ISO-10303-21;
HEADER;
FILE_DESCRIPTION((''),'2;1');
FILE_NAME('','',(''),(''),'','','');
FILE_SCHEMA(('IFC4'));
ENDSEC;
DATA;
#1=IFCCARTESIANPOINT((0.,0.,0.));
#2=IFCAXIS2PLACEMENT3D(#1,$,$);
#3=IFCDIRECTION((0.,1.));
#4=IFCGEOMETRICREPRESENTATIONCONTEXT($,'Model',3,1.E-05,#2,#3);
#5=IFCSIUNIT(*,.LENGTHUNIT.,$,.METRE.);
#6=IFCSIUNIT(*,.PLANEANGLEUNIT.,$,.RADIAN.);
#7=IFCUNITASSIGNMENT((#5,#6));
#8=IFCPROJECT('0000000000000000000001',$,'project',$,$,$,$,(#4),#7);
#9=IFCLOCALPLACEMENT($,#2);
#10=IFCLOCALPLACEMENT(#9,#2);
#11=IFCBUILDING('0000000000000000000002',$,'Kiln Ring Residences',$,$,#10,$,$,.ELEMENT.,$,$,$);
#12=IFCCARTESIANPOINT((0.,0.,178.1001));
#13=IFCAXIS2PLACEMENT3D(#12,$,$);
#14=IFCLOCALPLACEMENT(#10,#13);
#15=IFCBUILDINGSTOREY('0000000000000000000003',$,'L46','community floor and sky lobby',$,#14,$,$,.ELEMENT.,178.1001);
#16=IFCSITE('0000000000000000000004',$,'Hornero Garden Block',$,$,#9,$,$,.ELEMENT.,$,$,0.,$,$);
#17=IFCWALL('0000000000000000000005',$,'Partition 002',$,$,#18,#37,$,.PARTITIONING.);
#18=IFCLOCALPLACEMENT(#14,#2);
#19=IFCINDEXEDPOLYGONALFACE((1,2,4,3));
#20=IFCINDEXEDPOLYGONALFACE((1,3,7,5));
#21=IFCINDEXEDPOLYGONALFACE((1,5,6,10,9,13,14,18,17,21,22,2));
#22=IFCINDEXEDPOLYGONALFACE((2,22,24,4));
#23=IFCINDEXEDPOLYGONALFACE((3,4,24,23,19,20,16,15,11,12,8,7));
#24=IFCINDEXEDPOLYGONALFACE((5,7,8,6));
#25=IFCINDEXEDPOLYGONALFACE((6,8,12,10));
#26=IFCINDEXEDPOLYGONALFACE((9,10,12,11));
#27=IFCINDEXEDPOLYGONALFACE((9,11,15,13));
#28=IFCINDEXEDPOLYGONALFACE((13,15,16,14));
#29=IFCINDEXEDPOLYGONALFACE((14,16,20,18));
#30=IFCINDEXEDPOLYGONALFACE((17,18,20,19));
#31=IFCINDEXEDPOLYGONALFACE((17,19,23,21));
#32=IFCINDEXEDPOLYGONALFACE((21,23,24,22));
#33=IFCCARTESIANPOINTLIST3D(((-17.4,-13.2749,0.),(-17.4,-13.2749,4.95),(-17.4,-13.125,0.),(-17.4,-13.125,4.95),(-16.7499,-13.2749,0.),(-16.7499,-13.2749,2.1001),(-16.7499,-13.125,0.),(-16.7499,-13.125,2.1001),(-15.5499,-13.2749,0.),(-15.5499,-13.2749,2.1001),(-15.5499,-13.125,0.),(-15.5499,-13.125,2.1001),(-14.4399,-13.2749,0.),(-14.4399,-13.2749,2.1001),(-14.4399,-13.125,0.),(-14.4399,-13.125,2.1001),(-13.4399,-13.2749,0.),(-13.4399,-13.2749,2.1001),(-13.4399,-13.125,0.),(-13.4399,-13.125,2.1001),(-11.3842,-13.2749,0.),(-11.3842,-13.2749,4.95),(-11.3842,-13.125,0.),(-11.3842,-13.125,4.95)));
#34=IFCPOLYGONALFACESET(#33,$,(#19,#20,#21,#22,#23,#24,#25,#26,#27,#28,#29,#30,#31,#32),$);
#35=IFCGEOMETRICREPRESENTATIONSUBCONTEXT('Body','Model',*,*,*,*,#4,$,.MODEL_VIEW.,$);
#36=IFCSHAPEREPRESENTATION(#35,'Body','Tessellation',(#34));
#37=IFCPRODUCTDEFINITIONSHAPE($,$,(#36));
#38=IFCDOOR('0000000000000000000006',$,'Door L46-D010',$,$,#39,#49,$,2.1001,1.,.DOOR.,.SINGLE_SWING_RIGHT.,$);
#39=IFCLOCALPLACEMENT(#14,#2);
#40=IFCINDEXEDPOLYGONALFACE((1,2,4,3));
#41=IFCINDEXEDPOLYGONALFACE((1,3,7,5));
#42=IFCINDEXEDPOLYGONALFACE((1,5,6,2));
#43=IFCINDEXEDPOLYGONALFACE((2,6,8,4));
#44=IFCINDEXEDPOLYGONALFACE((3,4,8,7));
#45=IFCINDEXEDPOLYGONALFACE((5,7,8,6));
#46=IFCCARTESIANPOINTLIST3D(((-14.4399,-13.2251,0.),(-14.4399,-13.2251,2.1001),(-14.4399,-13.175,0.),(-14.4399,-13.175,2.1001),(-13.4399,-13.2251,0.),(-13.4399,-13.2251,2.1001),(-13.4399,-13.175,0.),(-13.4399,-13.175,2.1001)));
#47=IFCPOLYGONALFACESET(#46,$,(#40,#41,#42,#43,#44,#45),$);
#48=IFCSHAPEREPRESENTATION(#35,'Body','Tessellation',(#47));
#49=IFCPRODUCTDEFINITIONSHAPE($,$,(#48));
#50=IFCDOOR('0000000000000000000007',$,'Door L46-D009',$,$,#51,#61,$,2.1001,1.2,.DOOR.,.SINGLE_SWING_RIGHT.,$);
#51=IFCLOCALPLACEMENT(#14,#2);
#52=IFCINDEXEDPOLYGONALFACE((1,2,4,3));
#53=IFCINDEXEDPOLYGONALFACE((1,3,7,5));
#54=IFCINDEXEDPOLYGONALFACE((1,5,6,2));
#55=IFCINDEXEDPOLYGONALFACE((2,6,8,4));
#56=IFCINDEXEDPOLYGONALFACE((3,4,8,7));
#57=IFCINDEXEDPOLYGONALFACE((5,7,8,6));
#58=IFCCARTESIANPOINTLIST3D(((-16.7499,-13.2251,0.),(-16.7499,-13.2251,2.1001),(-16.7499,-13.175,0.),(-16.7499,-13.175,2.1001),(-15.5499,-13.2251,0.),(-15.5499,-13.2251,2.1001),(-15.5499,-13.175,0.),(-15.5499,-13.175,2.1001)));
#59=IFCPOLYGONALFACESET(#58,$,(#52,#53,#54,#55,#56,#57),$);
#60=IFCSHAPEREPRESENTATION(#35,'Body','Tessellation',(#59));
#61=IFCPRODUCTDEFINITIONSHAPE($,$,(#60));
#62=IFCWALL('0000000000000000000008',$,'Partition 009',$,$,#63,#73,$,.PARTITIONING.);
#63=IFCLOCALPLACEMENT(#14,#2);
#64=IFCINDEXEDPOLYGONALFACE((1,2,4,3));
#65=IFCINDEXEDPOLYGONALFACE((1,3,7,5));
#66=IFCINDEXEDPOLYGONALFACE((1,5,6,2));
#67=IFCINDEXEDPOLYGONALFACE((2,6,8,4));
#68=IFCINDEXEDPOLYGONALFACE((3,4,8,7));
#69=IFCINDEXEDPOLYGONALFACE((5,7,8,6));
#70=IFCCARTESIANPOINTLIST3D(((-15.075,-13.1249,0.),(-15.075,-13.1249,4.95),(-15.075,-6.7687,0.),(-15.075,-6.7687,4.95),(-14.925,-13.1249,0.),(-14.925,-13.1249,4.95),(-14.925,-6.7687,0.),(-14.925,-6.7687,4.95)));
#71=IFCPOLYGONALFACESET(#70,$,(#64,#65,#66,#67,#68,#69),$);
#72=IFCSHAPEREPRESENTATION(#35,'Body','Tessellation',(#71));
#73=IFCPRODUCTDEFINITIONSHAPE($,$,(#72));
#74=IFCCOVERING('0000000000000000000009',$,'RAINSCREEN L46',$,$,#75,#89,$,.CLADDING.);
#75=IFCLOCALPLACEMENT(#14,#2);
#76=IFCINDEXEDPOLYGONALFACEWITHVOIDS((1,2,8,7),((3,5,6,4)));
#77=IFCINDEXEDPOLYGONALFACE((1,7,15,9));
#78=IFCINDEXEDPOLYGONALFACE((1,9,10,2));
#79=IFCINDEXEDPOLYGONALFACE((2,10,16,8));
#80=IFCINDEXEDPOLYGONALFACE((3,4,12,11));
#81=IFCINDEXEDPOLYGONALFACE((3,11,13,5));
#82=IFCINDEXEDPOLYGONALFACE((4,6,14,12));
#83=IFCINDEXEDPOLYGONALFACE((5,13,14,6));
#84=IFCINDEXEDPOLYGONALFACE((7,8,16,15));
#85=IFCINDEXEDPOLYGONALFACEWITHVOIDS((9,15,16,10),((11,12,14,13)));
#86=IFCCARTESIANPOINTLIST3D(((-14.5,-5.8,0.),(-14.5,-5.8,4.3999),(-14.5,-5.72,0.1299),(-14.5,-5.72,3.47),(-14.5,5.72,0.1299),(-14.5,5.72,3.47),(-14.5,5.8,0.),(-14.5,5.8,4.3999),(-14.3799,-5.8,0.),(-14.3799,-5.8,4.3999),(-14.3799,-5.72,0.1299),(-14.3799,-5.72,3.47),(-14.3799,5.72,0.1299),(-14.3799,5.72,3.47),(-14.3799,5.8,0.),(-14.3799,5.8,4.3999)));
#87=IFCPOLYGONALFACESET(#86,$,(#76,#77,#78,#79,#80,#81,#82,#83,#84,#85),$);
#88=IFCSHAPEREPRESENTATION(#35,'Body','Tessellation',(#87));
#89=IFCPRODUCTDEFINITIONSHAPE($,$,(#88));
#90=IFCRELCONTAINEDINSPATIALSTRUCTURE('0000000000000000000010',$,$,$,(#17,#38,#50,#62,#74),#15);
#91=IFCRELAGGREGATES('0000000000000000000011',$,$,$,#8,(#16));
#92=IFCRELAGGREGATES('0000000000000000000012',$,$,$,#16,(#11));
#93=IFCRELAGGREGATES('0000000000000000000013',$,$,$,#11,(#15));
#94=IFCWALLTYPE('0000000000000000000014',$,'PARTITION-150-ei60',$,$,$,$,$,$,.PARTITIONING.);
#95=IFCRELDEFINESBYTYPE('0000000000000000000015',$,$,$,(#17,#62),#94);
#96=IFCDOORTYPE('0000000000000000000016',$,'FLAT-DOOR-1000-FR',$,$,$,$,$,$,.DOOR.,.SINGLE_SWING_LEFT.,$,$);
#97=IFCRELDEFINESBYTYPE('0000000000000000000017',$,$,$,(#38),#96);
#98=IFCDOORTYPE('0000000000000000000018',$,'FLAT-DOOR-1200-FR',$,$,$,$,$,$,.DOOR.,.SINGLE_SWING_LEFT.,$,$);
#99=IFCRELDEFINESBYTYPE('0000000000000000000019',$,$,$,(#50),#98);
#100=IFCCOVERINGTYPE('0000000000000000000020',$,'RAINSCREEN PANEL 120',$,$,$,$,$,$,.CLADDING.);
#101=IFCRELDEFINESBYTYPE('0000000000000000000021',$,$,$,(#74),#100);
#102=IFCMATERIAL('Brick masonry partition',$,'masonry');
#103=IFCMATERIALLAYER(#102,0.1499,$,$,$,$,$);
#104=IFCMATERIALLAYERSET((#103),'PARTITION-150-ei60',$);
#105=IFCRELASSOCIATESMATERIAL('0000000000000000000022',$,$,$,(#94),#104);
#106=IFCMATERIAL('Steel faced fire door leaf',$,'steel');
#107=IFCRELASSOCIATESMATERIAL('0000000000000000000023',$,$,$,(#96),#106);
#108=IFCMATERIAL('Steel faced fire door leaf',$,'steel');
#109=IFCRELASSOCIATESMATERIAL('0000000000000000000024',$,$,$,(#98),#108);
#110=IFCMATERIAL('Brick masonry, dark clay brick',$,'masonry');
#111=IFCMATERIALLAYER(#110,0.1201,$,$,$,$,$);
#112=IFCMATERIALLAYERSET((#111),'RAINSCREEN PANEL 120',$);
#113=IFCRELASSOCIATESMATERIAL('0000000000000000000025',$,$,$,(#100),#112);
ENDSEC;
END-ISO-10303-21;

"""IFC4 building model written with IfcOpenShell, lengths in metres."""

from ifc_helpers import new_model, si_unit, direction, frame, frame_2d, origin, place, context, subcontext, project, spatial, polyline, rectangle, outline, extrude, material, layer, layer_set, type_object, element, fill, save


model = new_model("IFC4")

# Units and contexts
model_context = context("Model", 3, precision=1e-05, world=origin(), true_north=direction((0.0, 1.0)))
body_context = subcontext(model_context, "Body", "Model", "MODEL_VIEW")
ifc_project = project(units=[si_unit("LENGTHUNIT", "METRE"), si_unit("PLANEANGLEUNIT", "RADIAN")], contexts=[model_context])

# Site, building, storey
site_placement = place(None, origin())
site = spatial("IfcSite", under=ifc_project, at=site_placement, Name="Hornero Garden Block", CompositionType="ELEMENT", RefElevation=0.0)
building_placement = place(site_placement, origin())
building = spatial("IfcBuilding", under=site, at=building_placement, Name="Kiln Ring Residences", CompositionType="ELEMENT")
storey_placement = place(building_placement, frame((0.0, 0.0, 178.1001)))
storey = spatial("IfcBuildingStorey", under=building, at=storey_placement, Name="L46", Description="community floor and sky lobby", CompositionType="ELEMENT", Elevation=178.1001)

# Wall, openings, doors
ifc_material_1 = material(Name="Brick masonry partition", Category="masonry")
ifc_layer_1 = layer(ifc_material_1, 0.1499)
ifc_layer_set_1 = layer_set([ifc_layer_1], Name="PARTITION-150-ei60")
wall_type_1 = type_object("IfcWallType", Name="PARTITION-150-ei60", PredefinedType="PARTITIONING", material=ifc_layer_set_1)
wall_1_placement = place(storey_placement, frame((-17.3999, -13.2, 0.0), z_axis=(0.0, 0.0, 1.0), x_axis=(1.0, 0.0, 0.0)))
wall_1 = element("IfcWall", 1, at=wall_1_placement, inside=storey, type_object=wall_type_1, Name="Partition 002", PredefinedType="PARTITIONING", context=body_context, shape_type="SweptSolid", body=[
    extrude(rectangle(XDim=6.0159, YDim=0.1499, at=frame_2d((3.0078, 0.0))), origin(), (0.0, 0.0, 1.0), 4.95),
])
opening_1_placement = place(wall_1_placement, frame((0.6499, 0.0, 0.0)))
opening_1 = element("IfcOpeningElement", 2, at=opening_1_placement, cuts=wall_1, PredefinedType="OPENING", context=body_context, shape_type="SweptSolid", body=[
    extrude(rectangle(XDim=1.2, YDim=2.1001, at=frame_2d((0.6001, 1.05))), frame((0.0, 0.085, 0.0), z_axis=(0.0, -1.0, 0.0), x_axis=(1.0, 0.0, 0.0)), (0.0, 0.0, 1.0), 0.1699),
])
opening_2_placement = place(wall_1_placement, frame((2.96, 0.0, 0.0)))
opening_2 = element("IfcOpeningElement", 3, at=opening_2_placement, cuts=wall_1, PredefinedType="OPENING", context=body_context, shape_type="SweptSolid", body=[
    extrude(rectangle(XDim=1.0, YDim=2.1001, at=frame_2d((0.5, 1.05))), frame((0.0, 0.085, 0.0), z_axis=(0.0, -1.0, 0.0), x_axis=(1.0, 0.0, 0.0)), (0.0, 0.0, 1.0), 0.1699),
])
ifc_material_2 = material(Name="Steel faced fire door leaf", Category="steel")
door_type_1 = type_object("IfcDoorType", Name="FLAT-DOOR-1000-FR", OperationType="SINGLE_SWING_LEFT", PredefinedType="DOOR", material=ifc_material_2)
door_1_placement = place(opening_2_placement, origin())
door_1 = element("IfcDoor", 4, at=door_1_placement, inside=storey, type_object=door_type_1, Name="Door L46-D010", OperationType="SINGLE_SWING_RIGHT", OverallHeight=2.1001, OverallWidth=1.0, PredefinedType="DOOR", context=body_context, shape_type="SweptSolid", body=[
    extrude(rectangle(XDim=1.0, YDim=2.1001, at=frame_2d((0.5, 1.05))), frame((0.0, 0.0249, 0.0), z_axis=(0.0, -1.0, 0.0), x_axis=(1.0, 0.0, 0.0)), (0.0, 0.0, 1.0), 0.05),
])
fill(opening_2, door_1)
ifc_material_3 = material(Name="Steel faced fire door leaf", Category="steel")
door_type_2 = type_object("IfcDoorType", Name="FLAT-DOOR-1200-FR", OperationType="SINGLE_SWING_LEFT", PredefinedType="DOOR", material=ifc_material_3)
door_2_placement = place(opening_1_placement, origin())
door_2 = element("IfcDoor", 5, at=door_2_placement, inside=storey, type_object=door_type_2, Name="Door L46-D009", OperationType="SINGLE_SWING_RIGHT", OverallHeight=2.1001, OverallWidth=1.2, PredefinedType="DOOR", context=body_context, shape_type="SweptSolid", body=[
    extrude(rectangle(XDim=1.2, YDim=2.1001, at=frame_2d((0.6001, 1.05))), frame((0.0, 0.0249, 0.0), z_axis=(0.0, -1.0, 0.0), x_axis=(1.0, 0.0, 0.0)), (0.0, 0.0, 1.0), 0.05),
])
fill(opening_1, door_2)

# Wall
wall_2_placement = place(storey_placement, frame((-15.0, -13.125, 0.0), z_axis=(0.0, 0.0, 1.0), x_axis=(0.0, 1.0, 0.0)))
element("IfcWall", 6, at=wall_2_placement, inside=storey, type_object=wall_type_1, Name="Partition 009", PredefinedType="PARTITIONING", context=body_context, shape_type="SweptSolid", body=[
    extrude(rectangle(XDim=6.3562, YDim=0.1499, at=frame_2d((3.1782, 0.0))), origin(), (0.0, 0.0, 1.0), 4.95),
])

# Covering
ifc_material_4 = material(Name="Brick masonry, dark clay brick", Category="masonry")
ifc_layer_2 = layer(ifc_material_4, 0.1201)
ifc_layer_set_2 = layer_set([ifc_layer_2], Name="RAINSCREEN PANEL 120")
covering_type = type_object("IfcCoveringType", Name="RAINSCREEN PANEL 120", PredefinedType="CLADDING", material=ifc_layer_set_2)
covering_placement = place(storey_placement, frame((-14.4399, -5.8, 0.0), z_axis=(0.0, 0.0, 1.0), x_axis=(0.0, 1.0, 0.0)))
element("IfcCovering", 7, at=covering_placement, inside=storey, type_object=covering_type, Name="RAINSCREEN L46", PredefinedType="CLADDING", context=body_context, shape_type="SweptSolid", body=[
    extrude(outline(polyline([(0.0, 0.0), (11.6001, 0.0), (11.6001, 4.3999), (0.0, 4.3999), (0.0, 0.0)]), holes=[polyline([(0.0801, 3.47), (0.0801, 0.1299), (11.52, 0.1299), (11.52, 3.47), (0.0801, 3.47)])]), frame((0.0, 0.0601, 0.0), z_axis=(0.0, -1.0, 0.0), x_axis=(1.0, 0.0, 0.0)), (0.0, 0.0, 1.0), 0.1201),
])

save(model, "model.ifc")
